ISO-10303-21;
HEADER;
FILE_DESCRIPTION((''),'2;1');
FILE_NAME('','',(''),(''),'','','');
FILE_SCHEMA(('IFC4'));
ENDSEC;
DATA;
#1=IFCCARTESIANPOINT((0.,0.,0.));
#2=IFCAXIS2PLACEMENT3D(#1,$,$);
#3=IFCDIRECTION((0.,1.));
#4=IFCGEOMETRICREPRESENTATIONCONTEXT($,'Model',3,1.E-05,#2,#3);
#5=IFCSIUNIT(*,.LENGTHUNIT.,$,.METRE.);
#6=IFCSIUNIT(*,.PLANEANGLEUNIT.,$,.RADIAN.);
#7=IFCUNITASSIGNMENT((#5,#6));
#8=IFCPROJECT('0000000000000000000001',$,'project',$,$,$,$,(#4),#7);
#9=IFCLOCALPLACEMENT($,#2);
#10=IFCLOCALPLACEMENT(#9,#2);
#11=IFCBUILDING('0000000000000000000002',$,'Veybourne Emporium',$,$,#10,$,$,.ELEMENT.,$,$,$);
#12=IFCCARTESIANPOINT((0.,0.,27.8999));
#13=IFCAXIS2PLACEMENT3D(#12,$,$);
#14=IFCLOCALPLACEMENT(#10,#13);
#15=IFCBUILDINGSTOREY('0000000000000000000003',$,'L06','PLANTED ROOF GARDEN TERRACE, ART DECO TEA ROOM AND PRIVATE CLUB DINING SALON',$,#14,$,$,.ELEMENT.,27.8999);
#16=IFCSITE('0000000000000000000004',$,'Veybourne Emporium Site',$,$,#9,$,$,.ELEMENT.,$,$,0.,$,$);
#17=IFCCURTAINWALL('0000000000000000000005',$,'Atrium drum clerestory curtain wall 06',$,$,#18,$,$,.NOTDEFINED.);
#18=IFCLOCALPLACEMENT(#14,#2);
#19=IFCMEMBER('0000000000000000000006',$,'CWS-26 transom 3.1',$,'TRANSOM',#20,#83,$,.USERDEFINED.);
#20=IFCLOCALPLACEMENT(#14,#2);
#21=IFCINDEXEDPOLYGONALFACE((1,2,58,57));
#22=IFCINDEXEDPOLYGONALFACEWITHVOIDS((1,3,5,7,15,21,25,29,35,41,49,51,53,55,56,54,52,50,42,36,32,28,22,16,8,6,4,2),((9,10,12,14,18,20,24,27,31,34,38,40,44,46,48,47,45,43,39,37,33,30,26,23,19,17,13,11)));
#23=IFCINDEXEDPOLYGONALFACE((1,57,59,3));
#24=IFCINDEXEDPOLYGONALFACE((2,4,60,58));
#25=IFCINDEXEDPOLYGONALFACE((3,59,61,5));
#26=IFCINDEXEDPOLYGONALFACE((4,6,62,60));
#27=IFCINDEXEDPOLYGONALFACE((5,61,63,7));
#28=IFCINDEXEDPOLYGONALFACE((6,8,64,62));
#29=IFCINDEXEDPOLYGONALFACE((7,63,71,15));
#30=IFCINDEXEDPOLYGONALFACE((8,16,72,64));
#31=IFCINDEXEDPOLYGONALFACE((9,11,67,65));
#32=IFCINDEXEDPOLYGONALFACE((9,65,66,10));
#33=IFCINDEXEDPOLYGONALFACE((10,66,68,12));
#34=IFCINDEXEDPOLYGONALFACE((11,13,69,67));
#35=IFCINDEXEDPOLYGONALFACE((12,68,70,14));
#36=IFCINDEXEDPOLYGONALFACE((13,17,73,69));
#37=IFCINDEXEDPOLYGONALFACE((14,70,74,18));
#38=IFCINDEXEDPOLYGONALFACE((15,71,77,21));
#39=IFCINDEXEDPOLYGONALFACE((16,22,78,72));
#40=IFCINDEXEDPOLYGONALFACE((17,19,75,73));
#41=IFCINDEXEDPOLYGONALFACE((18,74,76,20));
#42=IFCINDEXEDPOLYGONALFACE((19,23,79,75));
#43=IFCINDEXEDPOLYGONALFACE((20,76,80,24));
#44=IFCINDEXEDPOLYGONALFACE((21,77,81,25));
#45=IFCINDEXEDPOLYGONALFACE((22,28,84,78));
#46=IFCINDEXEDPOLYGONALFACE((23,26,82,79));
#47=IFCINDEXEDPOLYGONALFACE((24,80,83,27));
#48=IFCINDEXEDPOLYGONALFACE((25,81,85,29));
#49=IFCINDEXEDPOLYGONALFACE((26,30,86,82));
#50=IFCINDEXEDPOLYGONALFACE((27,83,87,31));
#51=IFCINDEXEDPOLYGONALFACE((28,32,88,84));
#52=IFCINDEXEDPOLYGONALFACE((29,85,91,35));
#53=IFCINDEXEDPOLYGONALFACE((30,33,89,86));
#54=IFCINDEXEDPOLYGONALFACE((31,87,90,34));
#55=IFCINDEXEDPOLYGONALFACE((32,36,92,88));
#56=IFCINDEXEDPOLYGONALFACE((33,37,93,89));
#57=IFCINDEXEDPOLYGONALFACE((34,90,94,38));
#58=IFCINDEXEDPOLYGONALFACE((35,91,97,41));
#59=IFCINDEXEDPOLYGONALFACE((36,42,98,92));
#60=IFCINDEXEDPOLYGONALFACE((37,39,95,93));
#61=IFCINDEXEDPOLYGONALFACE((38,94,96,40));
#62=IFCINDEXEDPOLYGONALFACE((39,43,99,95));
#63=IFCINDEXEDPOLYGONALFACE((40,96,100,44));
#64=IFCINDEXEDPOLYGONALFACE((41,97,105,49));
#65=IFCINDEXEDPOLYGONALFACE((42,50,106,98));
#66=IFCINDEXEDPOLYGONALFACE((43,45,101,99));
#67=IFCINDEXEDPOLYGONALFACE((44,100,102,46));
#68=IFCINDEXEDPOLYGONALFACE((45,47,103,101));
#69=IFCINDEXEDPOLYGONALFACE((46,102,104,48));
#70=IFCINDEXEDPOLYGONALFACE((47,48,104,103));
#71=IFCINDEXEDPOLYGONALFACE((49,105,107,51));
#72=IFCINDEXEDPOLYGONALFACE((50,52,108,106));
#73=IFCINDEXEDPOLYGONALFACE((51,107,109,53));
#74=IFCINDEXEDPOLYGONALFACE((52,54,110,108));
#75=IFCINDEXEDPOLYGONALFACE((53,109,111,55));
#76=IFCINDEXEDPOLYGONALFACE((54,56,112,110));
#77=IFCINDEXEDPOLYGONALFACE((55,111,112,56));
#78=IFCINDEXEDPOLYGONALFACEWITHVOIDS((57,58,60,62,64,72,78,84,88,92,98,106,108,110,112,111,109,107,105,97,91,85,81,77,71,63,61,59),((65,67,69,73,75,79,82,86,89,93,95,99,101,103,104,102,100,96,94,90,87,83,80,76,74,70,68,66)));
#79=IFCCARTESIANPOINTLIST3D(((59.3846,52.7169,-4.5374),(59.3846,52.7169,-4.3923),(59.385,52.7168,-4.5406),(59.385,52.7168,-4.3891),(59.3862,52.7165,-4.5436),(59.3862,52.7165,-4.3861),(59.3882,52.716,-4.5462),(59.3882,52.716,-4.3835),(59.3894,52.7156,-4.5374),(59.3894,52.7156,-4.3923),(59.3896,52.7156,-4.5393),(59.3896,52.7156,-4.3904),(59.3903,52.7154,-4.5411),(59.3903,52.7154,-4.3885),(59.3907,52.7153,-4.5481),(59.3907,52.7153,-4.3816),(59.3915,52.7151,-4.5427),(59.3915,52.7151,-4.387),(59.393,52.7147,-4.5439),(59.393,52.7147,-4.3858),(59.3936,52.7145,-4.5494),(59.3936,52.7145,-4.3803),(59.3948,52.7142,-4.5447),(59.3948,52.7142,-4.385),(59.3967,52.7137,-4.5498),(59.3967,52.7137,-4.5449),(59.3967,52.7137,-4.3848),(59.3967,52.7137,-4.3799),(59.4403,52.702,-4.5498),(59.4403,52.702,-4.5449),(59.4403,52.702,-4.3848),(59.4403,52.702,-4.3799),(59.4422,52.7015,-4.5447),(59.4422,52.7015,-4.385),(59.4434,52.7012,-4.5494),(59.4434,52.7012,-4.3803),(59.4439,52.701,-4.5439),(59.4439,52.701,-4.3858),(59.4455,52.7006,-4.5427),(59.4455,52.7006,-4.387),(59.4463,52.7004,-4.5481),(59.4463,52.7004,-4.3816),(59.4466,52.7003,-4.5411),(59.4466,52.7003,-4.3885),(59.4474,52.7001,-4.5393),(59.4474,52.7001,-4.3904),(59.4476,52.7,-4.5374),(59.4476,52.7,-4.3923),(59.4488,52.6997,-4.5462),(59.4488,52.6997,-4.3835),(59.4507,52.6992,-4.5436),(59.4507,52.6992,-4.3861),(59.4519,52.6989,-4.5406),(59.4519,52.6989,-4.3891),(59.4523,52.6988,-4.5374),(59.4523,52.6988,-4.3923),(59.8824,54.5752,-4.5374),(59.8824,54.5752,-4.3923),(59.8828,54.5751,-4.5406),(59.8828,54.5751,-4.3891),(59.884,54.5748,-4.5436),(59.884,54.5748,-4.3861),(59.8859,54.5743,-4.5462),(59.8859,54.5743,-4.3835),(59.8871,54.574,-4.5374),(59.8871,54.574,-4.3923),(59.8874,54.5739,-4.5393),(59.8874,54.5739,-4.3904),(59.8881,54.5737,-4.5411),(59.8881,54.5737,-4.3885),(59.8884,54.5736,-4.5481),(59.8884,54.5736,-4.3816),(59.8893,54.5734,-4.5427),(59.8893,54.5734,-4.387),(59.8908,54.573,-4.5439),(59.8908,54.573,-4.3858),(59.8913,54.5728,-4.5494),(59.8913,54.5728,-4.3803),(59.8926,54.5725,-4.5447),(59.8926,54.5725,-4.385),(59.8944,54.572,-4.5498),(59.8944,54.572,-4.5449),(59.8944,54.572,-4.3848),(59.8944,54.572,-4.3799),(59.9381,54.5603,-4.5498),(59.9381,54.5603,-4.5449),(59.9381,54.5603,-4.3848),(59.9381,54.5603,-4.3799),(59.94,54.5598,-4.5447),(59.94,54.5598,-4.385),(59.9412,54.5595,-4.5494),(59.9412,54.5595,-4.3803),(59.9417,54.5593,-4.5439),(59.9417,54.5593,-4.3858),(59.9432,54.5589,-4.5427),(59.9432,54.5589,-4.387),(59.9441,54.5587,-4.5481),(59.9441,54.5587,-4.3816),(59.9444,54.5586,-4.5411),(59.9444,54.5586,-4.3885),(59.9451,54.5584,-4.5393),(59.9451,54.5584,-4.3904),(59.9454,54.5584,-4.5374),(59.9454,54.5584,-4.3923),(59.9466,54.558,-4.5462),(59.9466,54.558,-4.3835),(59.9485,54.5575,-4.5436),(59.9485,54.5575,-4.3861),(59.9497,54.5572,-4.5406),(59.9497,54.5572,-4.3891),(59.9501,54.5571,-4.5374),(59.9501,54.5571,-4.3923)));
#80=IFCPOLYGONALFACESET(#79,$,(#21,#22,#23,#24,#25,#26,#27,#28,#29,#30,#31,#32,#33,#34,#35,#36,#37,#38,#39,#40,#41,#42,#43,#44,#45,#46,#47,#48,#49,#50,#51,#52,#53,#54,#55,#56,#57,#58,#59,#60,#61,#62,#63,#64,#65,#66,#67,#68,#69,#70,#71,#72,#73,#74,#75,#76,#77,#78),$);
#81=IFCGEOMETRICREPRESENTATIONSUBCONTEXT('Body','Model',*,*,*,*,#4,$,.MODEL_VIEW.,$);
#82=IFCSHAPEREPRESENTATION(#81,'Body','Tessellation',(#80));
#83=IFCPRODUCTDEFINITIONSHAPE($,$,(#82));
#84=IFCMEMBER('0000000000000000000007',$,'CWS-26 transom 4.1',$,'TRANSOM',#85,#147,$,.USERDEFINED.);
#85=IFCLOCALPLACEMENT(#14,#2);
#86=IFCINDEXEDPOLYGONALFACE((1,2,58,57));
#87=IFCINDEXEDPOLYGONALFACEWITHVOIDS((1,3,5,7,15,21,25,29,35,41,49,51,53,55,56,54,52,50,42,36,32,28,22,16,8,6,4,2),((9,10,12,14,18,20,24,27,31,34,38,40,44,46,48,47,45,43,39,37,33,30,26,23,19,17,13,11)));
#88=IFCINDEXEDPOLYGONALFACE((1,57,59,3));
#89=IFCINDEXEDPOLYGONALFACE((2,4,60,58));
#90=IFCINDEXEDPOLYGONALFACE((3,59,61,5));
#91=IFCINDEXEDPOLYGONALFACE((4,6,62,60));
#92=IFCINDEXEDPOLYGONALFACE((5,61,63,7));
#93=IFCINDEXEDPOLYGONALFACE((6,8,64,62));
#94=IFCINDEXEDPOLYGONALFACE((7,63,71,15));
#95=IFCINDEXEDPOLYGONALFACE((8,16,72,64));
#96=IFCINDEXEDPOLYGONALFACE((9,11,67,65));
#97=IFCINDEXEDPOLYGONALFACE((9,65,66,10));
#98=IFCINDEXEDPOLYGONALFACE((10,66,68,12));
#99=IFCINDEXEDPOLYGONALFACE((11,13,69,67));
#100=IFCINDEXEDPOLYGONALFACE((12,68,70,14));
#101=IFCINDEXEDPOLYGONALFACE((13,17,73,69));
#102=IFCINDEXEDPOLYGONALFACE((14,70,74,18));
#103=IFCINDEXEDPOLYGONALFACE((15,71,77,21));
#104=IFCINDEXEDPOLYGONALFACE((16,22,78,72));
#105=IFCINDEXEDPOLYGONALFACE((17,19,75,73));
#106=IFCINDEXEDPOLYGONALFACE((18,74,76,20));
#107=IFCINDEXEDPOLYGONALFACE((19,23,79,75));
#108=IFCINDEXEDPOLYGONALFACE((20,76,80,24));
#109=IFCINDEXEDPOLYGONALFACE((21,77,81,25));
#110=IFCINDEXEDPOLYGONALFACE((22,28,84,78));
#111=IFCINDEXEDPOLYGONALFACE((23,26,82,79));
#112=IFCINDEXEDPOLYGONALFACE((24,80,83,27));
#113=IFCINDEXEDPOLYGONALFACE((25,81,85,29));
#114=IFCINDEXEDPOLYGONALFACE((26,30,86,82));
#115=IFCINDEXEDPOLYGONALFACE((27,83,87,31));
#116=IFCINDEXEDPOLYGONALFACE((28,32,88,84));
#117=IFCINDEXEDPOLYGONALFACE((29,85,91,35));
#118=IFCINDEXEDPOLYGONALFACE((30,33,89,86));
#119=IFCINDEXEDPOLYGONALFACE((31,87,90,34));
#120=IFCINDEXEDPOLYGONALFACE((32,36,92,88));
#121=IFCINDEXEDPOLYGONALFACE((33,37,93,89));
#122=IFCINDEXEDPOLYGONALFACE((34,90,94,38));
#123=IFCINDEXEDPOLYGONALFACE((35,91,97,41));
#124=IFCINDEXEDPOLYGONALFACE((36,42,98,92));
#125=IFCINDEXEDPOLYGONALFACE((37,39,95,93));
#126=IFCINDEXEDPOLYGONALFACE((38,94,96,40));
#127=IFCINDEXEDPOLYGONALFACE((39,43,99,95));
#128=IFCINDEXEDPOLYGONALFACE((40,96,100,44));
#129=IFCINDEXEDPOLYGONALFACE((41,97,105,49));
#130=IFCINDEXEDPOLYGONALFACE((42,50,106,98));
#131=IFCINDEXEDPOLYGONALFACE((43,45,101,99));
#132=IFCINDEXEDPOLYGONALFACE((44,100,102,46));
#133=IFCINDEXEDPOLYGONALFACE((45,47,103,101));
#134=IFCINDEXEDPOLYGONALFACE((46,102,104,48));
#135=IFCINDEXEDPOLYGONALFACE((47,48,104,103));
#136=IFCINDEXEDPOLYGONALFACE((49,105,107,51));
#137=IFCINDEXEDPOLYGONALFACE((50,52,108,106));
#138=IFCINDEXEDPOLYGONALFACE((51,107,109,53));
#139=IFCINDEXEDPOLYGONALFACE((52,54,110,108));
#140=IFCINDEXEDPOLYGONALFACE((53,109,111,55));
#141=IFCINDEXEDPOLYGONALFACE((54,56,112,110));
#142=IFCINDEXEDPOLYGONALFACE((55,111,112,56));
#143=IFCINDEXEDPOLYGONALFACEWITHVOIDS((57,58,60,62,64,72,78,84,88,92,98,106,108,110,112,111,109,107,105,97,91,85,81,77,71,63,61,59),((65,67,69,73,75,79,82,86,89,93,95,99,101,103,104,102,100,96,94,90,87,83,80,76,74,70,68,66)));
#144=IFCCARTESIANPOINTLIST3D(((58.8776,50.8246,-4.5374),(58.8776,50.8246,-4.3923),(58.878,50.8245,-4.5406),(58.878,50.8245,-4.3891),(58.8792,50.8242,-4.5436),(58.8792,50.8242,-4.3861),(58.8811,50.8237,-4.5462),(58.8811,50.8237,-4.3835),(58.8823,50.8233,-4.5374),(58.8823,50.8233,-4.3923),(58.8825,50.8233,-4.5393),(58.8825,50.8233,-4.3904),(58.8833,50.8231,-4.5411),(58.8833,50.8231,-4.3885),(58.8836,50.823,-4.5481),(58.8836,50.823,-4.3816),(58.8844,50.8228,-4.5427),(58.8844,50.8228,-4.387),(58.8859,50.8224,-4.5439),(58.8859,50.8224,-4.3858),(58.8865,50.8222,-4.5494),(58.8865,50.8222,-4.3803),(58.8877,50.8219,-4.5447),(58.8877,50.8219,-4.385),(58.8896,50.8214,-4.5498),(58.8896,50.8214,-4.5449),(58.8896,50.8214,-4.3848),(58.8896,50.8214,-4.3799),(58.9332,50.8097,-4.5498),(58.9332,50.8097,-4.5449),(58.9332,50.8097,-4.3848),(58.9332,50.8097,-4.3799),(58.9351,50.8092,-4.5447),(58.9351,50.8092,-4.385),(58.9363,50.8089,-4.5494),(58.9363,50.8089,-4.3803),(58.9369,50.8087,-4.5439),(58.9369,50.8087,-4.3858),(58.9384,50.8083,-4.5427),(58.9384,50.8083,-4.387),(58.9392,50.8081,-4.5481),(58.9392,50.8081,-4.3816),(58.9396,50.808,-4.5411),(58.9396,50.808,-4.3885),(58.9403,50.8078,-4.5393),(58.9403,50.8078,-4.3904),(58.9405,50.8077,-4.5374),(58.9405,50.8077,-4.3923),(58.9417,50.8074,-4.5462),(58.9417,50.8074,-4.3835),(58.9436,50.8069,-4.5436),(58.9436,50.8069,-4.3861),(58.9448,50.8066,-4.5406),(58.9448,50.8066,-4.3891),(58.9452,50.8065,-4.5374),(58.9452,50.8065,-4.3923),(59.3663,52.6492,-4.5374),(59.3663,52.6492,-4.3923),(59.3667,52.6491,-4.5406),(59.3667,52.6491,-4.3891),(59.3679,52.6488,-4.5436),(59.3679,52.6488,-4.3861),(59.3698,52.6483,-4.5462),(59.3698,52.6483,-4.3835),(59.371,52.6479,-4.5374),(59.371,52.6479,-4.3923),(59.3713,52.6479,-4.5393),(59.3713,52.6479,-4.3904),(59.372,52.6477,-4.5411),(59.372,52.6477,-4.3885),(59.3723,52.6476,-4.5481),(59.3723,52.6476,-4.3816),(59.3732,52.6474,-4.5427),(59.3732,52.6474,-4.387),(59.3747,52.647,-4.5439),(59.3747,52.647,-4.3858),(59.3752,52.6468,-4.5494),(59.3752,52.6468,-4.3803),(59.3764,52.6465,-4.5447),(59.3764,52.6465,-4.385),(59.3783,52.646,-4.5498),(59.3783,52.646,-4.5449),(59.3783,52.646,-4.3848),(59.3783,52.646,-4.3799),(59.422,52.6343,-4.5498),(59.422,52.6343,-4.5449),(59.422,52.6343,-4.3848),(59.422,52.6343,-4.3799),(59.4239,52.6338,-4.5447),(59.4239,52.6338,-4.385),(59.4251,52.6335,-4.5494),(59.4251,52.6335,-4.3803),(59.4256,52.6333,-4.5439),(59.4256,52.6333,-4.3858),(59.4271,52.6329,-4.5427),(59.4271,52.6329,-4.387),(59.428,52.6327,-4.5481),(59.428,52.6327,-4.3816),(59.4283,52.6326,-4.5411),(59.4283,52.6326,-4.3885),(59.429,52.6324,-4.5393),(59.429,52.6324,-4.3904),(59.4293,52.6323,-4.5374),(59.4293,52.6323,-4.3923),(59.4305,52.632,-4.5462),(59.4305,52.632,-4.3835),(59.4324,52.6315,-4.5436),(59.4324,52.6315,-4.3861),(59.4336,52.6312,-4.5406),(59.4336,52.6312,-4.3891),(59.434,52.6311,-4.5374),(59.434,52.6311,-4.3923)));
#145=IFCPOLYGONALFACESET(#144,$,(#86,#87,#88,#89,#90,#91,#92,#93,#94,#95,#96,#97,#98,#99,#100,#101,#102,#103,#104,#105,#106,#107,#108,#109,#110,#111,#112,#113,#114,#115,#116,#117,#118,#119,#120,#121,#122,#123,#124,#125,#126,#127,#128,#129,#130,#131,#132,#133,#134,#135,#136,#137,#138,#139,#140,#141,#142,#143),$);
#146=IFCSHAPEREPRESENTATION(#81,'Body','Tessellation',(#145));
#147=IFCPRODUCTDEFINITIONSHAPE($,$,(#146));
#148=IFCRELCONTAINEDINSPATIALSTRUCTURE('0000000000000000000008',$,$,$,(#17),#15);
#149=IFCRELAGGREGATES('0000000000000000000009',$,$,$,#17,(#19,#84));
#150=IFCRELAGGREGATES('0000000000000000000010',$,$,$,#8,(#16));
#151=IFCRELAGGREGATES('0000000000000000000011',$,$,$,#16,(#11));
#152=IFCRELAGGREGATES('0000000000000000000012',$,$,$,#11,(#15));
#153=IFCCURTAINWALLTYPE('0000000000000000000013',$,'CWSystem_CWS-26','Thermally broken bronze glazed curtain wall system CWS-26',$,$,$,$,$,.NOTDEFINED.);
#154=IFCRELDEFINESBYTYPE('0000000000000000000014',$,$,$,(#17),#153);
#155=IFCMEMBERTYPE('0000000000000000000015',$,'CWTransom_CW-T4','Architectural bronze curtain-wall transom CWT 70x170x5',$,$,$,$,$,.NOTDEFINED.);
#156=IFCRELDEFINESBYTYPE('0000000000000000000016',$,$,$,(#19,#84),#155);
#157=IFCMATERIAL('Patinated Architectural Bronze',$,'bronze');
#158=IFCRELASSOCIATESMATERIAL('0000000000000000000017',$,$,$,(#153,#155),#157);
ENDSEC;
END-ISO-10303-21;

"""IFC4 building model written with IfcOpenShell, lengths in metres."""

from ifc_helpers import new_model, si_unit, direction, frame, origin, origin_2d, place, context, subcontext, project, spatial, hollow_rectangle, extrude, material, material_profile, profile_set, type_object, element, aggregate, save


model = new_model("IFC4")

# Units and contexts
model_context = context("Model", 3, precision=1e-05, world=origin(), true_north=direction((0.0, 1.0)))
body_context = subcontext(model_context, "Body", "Model", "MODEL_VIEW")
ifc_project = project(units=[si_unit("LENGTHUNIT", "METRE"), si_unit("PLANEANGLEUNIT", "RADIAN")], contexts=[model_context])

# Site, building, storey
site_placement = place(None, origin())
site = spatial("IfcSite", under=ifc_project, at=site_placement, Name="Veybourne Emporium Site", CompositionType="ELEMENT", RefElevation=0.0)
building_placement = place(site_placement, origin())
building = spatial("IfcBuilding", under=site, at=building_placement, Name="Veybourne Emporium", CompositionType="ELEMENT")
storey_placement = place(building_placement, frame((0.0, 0.0, 27.8999)))
storey = spatial("IfcBuildingStorey", under=building, at=storey_placement, Name="L06", Description="PLANTED ROOF GARDEN TERRACE, ART DECO TEA ROOM AND PRIVATE CLUB DINING SALON", CompositionType="ELEMENT", Elevation=27.8999)

# Curtain wall
ifc_material_1 = material(Name="Patinated Architectural Bronze", Category="bronze")
curtain_wall_type_1 = type_object("IfcCurtainWallType", Name="CWSystem_CWS-26", Description="Thermally broken bronze glazed curtain wall system CWS-26", PredefinedType="NOTDEFINED", material=ifc_material_1)
curtain_wall_1_placement = place(storey_placement, origin())
curtain_wall_1 = element("IfcCurtainWall", 1, at=curtain_wall_1_placement, inside=storey, type_object=curtain_wall_type_1, Name="Atrium drum clerestory curtain wall 06", PredefinedType="NOTDEFINED")

# Members
ifc_material_profile_1 = material_profile(ifc_material_1, hollow_rectangle(XDim=0.0701, YDim=0.1699, WallThickness=0.0049, InnerFilletRadius=0.0076, OuterFilletRadius=0.0125, at=origin_2d()), Name="CWT 70x170x5")
ifc_profile_set_1 = profile_set([ifc_material_profile_1], Name="Patinated Architectural Bronze")
member_type_1 = type_object("IfcMemberType", Name="CWTransom_CW-T4", Description="Architectural bronze curtain-wall transom CWT 70x170x5", PredefinedType="NOTDEFINED", material=ifc_profile_set_1)
member_1_placement = place(storey_placement, frame((59.9163, 54.5662, -4.4648), z_axis=(-0.258745, -0.965946, 0.0), x_axis=(0.965946, -0.258745, 0.0)))
member_1 = element("IfcMember", 2, at=member_1_placement, type_object=member_type_1, Name="CWS-26 transom 3.1", ObjectType="TRANSOM", PredefinedType="USERDEFINED", context=body_context, shape_type="SweptSolid", body=[
    extrude(hollow_rectangle(XDim=0.0701, YDim=0.1699, WallThickness=0.0049, InnerFilletRadius=0.0076, OuterFilletRadius=0.0125, at=origin_2d()), origin(), (0.0, 0.0, 1.0), 1.9238),
])
member_2_placement = place(storey_placement, frame((59.4001, 52.6401, -4.4648), z_axis=(-0.25874, -0.965947, 0.0), x_axis=(0.965947, -0.25874, 0.0)))
member_2 = element("IfcMember", 3, at=member_2_placement, type_object=member_type_1, Name="CWS-26 transom 4.1", ObjectType="TRANSOM", PredefinedType="USERDEFINED", context=body_context, shape_type="SweptSolid", body=[
    extrude(hollow_rectangle(XDim=0.0701, YDim=0.1699, WallThickness=0.0049, InnerFilletRadius=0.0076, OuterFilletRadius=0.0125, at=origin_2d()), origin(), (0.0, 0.0, 1.0), 1.8889),
])

aggregate(curtain_wall_1, [member_1, member_2])

save(model, "model.ifc")
